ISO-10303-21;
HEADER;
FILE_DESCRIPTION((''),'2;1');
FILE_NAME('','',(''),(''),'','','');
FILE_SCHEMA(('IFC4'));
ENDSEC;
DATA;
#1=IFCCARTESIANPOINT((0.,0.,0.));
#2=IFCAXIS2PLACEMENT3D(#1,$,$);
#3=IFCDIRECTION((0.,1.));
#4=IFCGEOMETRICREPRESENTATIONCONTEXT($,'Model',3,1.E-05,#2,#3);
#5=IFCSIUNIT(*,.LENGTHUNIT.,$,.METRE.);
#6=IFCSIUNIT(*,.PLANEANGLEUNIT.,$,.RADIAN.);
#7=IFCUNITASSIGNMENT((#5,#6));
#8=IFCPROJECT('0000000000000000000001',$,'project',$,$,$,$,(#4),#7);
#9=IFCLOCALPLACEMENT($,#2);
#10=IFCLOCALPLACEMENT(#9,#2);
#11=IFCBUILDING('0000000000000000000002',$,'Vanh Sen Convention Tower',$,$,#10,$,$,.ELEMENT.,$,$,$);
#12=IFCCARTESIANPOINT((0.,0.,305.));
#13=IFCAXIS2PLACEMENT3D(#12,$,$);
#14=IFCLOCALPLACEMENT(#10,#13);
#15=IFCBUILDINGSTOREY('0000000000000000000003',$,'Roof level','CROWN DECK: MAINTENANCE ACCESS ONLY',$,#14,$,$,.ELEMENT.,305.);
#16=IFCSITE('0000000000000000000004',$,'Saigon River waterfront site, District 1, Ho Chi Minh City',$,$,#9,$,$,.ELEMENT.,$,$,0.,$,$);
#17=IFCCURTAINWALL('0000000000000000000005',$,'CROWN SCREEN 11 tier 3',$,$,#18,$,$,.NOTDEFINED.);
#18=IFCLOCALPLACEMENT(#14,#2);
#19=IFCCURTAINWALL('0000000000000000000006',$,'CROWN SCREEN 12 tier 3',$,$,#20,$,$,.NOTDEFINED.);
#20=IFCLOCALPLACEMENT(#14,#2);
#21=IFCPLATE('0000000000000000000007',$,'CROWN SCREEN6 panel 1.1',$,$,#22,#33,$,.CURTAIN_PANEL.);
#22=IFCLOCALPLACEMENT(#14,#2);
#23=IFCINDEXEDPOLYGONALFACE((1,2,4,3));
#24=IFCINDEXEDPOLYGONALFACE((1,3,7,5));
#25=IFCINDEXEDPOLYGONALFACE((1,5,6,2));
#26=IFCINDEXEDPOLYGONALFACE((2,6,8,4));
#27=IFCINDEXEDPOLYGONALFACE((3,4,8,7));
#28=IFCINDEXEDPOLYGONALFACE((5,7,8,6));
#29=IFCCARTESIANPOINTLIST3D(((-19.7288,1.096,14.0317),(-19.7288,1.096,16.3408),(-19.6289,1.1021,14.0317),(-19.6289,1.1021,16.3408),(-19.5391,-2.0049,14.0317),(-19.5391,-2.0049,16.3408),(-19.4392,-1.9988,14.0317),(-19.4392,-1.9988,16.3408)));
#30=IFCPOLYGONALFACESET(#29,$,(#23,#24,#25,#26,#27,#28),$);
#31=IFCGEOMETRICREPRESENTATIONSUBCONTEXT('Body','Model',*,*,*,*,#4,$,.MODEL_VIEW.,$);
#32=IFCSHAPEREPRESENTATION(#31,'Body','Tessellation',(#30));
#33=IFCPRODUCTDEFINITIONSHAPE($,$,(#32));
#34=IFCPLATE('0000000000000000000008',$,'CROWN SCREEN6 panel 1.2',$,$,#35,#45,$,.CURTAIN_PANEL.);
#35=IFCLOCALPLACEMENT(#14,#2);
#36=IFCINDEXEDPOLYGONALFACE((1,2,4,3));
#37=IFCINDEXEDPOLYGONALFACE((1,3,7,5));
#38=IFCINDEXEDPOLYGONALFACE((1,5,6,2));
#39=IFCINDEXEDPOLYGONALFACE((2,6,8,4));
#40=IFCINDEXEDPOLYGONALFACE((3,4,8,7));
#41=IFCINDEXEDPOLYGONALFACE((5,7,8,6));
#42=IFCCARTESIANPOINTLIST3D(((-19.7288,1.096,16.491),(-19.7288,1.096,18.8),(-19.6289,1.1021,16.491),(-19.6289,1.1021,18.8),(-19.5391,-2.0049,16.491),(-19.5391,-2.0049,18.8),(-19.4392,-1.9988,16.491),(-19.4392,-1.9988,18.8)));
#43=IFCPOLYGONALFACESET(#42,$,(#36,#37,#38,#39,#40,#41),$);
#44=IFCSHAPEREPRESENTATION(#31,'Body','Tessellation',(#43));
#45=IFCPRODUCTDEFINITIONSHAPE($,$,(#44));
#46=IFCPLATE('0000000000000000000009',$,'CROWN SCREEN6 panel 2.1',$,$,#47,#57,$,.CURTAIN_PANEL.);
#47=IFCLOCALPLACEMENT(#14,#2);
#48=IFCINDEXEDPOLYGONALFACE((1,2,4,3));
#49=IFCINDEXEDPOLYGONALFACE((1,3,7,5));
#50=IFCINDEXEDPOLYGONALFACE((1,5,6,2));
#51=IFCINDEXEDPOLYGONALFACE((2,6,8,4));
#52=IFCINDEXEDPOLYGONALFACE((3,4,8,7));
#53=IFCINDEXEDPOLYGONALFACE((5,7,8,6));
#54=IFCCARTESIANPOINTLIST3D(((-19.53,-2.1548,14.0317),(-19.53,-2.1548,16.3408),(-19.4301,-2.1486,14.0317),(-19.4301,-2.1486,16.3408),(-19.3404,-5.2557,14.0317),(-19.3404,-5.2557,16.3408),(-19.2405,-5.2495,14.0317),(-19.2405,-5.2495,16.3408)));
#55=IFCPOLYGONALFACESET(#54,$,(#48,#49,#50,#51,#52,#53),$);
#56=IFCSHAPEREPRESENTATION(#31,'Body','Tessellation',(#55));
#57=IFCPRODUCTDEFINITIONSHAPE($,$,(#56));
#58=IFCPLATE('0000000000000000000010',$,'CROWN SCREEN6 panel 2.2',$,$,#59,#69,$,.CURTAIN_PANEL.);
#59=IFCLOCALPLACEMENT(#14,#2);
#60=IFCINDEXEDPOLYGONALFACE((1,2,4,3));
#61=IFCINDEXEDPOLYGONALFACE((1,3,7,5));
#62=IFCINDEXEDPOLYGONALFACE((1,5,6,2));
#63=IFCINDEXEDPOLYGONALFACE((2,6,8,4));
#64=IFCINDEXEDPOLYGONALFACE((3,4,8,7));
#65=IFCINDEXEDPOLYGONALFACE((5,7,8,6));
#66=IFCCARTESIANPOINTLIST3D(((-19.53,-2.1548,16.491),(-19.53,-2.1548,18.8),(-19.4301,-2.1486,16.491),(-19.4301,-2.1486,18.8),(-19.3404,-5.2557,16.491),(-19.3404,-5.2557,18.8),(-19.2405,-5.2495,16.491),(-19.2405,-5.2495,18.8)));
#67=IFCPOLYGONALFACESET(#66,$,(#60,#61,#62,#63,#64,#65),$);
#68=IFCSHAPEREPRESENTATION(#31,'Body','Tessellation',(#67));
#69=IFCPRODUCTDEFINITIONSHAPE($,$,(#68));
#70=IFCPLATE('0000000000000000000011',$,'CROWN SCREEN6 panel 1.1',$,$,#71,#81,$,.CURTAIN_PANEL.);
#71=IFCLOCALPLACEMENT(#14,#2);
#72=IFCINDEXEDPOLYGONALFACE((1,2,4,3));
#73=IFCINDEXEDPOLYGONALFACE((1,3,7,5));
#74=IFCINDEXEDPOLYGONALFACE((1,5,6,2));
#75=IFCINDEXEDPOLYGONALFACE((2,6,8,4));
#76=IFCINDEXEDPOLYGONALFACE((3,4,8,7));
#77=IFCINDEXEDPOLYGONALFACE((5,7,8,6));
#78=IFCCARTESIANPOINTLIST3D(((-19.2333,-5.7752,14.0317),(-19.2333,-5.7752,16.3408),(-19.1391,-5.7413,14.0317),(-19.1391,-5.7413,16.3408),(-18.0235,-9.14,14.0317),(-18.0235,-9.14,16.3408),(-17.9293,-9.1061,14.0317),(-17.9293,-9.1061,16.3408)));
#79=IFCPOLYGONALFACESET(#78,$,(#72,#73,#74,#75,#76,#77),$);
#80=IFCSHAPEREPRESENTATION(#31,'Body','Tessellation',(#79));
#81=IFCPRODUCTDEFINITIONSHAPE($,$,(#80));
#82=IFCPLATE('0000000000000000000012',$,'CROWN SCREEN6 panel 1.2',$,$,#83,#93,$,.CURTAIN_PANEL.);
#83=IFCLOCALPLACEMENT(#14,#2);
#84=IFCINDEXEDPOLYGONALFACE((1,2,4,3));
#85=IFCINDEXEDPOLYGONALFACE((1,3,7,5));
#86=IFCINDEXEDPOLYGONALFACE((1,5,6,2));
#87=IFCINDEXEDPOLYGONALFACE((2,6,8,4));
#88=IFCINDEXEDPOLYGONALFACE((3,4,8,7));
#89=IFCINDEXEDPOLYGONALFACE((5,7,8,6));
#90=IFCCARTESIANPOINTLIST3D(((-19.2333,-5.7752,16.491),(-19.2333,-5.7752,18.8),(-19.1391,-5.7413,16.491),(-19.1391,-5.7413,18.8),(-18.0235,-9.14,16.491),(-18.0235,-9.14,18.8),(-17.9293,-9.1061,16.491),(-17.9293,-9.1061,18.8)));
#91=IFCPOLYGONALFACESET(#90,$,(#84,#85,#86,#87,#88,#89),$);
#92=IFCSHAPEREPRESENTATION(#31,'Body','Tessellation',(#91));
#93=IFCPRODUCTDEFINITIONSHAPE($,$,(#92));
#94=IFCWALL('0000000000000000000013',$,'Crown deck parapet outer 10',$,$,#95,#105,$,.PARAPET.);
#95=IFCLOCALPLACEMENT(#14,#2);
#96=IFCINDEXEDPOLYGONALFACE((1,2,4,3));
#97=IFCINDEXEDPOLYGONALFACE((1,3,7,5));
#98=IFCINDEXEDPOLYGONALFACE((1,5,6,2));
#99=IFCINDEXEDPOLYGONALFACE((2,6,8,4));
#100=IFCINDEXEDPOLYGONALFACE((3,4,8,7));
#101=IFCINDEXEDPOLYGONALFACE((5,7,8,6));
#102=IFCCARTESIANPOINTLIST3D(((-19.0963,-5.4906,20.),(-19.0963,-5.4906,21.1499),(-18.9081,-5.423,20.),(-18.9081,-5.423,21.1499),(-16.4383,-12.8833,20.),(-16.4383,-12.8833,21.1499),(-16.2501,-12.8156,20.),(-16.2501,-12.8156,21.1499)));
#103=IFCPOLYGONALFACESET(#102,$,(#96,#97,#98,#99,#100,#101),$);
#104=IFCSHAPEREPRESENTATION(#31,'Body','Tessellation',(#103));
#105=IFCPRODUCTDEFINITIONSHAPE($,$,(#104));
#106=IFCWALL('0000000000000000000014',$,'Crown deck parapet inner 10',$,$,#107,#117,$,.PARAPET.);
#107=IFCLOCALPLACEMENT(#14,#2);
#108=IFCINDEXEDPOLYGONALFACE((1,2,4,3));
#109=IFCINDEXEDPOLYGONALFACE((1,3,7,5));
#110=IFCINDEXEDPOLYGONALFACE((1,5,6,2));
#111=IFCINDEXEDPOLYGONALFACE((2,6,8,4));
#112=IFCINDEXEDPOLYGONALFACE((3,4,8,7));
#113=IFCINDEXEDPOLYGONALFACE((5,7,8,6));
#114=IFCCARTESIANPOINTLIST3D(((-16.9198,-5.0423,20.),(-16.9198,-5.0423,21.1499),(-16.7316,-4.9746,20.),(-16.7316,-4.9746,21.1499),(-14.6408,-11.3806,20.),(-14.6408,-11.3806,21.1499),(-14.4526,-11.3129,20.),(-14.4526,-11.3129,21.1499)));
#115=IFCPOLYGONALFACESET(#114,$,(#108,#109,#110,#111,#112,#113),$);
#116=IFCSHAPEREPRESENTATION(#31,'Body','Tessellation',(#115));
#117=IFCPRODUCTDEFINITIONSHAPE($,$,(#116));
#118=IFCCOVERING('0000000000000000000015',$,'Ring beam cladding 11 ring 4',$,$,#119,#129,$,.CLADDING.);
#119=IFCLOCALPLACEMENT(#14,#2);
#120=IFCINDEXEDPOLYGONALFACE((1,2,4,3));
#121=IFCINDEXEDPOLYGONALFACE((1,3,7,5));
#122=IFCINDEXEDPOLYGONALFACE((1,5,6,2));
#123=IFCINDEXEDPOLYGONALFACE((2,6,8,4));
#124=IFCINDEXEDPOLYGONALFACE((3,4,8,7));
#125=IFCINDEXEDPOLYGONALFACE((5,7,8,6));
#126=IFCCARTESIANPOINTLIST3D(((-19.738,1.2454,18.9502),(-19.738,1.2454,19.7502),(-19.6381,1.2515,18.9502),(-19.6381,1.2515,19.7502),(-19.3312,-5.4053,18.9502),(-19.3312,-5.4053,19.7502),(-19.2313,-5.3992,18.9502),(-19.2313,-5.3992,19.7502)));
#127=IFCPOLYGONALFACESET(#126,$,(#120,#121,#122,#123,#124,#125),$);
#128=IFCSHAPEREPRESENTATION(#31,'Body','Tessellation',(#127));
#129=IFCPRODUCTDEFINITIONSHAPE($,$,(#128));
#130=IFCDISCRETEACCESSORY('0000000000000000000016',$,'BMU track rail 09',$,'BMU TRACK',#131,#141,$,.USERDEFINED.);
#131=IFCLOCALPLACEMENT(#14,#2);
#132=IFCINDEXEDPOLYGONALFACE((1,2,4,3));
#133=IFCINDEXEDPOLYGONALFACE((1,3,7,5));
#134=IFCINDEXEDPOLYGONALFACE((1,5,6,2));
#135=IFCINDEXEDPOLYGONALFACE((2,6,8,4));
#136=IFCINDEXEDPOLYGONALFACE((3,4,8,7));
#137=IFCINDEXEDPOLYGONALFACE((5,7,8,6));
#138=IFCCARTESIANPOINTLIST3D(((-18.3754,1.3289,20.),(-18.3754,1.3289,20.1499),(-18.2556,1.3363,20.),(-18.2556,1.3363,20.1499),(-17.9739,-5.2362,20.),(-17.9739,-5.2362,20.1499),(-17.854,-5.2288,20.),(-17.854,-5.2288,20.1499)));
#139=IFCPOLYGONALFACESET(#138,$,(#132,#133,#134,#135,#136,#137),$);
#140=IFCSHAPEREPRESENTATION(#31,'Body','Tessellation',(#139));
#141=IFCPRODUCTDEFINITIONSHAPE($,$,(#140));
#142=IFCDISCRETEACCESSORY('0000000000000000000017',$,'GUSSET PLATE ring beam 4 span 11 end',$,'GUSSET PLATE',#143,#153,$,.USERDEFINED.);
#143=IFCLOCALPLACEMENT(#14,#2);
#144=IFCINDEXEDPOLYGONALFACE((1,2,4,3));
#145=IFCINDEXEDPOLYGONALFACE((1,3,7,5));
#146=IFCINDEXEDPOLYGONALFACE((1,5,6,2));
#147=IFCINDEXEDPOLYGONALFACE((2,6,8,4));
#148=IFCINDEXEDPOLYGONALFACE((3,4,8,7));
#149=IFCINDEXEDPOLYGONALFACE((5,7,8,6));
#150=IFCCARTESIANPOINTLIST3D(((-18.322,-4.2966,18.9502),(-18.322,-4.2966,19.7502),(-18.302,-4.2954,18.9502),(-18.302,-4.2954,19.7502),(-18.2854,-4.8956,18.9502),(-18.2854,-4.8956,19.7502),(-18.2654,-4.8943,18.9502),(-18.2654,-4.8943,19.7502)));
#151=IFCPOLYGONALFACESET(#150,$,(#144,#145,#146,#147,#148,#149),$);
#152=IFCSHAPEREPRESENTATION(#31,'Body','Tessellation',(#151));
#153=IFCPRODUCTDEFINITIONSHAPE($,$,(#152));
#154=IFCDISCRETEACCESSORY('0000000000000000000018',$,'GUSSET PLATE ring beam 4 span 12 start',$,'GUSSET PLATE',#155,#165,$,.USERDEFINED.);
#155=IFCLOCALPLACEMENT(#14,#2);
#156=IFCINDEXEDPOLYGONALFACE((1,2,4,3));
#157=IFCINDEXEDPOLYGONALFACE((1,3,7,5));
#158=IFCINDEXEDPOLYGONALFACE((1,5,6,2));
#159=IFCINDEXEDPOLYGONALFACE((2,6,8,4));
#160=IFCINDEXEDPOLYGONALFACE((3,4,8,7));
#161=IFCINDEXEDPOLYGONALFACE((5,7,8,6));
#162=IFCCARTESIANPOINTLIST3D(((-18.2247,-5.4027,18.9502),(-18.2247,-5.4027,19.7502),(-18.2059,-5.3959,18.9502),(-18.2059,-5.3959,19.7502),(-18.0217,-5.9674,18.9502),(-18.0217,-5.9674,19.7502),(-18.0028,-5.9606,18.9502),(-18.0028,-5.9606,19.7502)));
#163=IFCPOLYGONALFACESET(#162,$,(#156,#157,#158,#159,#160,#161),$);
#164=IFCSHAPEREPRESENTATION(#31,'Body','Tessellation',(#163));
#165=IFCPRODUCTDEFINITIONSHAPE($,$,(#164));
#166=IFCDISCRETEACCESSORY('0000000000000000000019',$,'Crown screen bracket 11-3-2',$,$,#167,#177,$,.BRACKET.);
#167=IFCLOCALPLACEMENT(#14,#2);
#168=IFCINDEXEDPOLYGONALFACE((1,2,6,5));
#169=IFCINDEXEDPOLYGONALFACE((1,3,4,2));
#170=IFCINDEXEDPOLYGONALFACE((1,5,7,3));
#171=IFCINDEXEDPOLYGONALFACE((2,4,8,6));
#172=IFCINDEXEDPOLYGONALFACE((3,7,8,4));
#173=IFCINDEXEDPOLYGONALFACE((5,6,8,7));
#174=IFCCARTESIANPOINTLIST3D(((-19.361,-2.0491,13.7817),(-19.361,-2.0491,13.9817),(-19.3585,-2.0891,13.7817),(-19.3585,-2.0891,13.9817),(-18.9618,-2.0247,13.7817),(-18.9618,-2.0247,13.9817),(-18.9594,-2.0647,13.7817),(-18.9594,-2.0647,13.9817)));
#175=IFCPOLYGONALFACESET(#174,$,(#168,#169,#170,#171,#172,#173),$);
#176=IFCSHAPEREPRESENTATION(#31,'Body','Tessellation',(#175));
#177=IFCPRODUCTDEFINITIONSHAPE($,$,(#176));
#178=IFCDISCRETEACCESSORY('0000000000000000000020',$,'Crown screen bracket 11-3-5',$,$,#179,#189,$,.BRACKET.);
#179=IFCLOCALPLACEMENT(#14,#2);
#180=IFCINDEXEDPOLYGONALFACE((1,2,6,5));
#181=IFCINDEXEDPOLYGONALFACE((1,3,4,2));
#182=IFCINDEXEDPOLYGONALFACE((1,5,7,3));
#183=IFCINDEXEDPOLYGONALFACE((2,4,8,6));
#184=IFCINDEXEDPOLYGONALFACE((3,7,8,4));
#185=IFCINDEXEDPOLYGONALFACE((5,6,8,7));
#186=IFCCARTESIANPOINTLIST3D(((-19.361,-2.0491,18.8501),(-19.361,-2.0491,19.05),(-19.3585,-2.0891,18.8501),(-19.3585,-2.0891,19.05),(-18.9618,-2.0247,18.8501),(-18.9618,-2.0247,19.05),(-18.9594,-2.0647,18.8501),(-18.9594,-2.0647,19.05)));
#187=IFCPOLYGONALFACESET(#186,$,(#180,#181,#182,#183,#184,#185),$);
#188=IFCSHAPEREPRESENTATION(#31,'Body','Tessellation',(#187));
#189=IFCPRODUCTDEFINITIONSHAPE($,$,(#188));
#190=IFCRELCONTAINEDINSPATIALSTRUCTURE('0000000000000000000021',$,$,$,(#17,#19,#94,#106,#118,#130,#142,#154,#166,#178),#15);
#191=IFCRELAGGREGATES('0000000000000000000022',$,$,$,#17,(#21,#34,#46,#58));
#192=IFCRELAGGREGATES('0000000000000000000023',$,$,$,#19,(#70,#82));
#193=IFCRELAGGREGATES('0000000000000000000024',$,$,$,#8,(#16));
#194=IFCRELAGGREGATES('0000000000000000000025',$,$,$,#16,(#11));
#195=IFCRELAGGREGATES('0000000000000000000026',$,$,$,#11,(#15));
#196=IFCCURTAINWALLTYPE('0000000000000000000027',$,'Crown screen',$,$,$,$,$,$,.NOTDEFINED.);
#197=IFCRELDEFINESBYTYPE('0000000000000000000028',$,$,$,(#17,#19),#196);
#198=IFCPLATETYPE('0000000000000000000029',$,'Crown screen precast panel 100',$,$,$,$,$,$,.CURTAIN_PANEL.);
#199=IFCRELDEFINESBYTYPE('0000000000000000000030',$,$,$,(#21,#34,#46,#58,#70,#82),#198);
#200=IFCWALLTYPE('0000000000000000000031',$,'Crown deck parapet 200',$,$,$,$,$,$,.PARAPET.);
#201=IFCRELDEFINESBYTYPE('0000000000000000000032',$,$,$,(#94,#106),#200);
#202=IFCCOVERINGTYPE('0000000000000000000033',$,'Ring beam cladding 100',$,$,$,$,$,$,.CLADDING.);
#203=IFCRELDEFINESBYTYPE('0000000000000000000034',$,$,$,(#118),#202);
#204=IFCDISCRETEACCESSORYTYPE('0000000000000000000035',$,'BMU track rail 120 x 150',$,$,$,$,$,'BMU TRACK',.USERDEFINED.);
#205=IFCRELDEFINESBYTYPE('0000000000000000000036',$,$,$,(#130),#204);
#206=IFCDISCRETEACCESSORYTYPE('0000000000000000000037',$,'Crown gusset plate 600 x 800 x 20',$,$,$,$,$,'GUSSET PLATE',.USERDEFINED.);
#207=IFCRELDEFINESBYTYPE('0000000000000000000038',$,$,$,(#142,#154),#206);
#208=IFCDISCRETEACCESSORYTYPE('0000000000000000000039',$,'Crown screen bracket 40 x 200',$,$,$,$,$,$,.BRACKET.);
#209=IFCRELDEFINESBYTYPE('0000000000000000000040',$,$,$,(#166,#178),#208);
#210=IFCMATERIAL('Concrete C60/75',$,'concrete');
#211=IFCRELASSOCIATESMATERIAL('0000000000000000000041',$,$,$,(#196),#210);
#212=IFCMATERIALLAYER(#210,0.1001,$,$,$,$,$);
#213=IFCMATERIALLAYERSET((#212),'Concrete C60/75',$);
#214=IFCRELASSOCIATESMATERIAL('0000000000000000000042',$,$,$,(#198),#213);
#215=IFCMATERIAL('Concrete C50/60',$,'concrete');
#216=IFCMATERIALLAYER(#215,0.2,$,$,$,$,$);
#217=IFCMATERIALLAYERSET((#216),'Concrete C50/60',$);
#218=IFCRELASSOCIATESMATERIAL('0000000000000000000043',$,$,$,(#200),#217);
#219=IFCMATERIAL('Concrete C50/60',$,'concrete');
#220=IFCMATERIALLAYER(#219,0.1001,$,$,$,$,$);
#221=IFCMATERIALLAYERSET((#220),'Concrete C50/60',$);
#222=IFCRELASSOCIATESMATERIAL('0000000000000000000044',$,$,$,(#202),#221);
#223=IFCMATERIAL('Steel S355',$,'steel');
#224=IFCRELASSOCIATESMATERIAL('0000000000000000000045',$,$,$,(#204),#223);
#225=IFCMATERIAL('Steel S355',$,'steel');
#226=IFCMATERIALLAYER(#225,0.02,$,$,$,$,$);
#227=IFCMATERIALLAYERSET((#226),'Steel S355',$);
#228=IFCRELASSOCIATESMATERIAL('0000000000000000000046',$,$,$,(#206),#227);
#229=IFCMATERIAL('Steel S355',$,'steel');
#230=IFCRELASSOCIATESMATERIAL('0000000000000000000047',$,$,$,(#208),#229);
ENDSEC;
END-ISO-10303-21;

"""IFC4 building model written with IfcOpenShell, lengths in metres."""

from ifc_helpers import new_model, si_unit, direction, frame, frame_2d, origin, origin_2d, place, context, subcontext, project, spatial, rectangle, extrude, material, layer, layer_set, type_object, element, aggregate, save


model = new_model("IFC4")

# Units and contexts
model_context = context("Model", 3, precision=1e-05, world=origin(), true_north=direction((0.0, 1.0)))
body_context = subcontext(model_context, "Body", "Model", "MODEL_VIEW")
ifc_project = project(units=[si_unit("LENGTHUNIT", "METRE"), si_unit("PLANEANGLEUNIT", "RADIAN")], contexts=[model_context])

# Site, building, storey
site_placement = place(None, origin())
site = spatial("IfcSite", under=ifc_project, at=site_placement, Name="Saigon River waterfront site, District 1, Ho Chi Minh City", CompositionType="ELEMENT", RefElevation=0.0)
building_placement = place(site_placement, origin())
building = spatial("IfcBuilding", under=site, at=building_placement, Name="Vanh Sen Convention Tower", CompositionType="ELEMENT")
storey_placement = place(building_placement, frame((0.0, 0.0, 305.0)))
storey = spatial("IfcBuildingStorey", under=building, at=storey_placement, Name="Roof level", Description="CROWN DECK: MAINTENANCE ACCESS ONLY", CompositionType="ELEMENT", Elevation=305.0)

# Curtain wall
ifc_material_1 = material(Name="Concrete C60/75", Category="concrete")
curtain_wall_type = type_object("IfcCurtainWallType", Name="Crown screen", PredefinedType="NOTDEFINED", material=ifc_material_1)
curtain_wall_1_placement = place(storey_placement, origin())
curtain_wall_1 = element("IfcCurtainWall", 1, at=curtain_wall_1_placement, inside=storey, type_object=curtain_wall_type, Name="CROWN SCREEN 11 tier 3", PredefinedType="NOTDEFINED")

# Curtain wall
curtain_wall_2_placement = place(storey_placement, origin())
curtain_wall_2 = element("IfcCurtainWall", 2, at=curtain_wall_2_placement, inside=storey, type_object=curtain_wall_type, Name="CROWN SCREEN 12 tier 3", PredefinedType="NOTDEFINED")

# Plates
ifc_layer_1 = layer(ifc_material_1, 0.1001)
ifc_layer_set_1 = layer_set([ifc_layer_1], Name="Concrete C60/75")
plate_type = type_object("IfcPlateType", Name="Crown screen precast panel 100", PredefinedType="CURTAIN_PANEL", material=ifc_layer_set_1)
plate_1_placement = place(storey_placement, frame((-19.584, -0.4514, 14.0317), z_axis=(0.0, 0.0, 1.0), x_axis=(0.061051, -0.998135, 0.0)))
plate_1 = element("IfcPlate", 3, at=plate_1_placement, type_object=plate_type, Name="CROWN SCREEN6 panel 1.1", PredefinedType="CURTAIN_PANEL", context=body_context, shape_type="SweptSolid", body=[
    extrude(rectangle(XDim=3.1067, YDim=0.1001, at=origin_2d()), origin(), (0.0, 0.0, 1.0), 2.3091),
])
plate_2_placement = place(storey_placement, frame((-19.584, -0.4514, 16.491), z_axis=(0.0, 0.0, 1.0), x_axis=(0.061051, -0.998135, 0.0)))
plate_2 = element("IfcPlate", 4, at=plate_2_placement, type_object=plate_type, Name="CROWN SCREEN6 panel 1.2", PredefinedType="CURTAIN_PANEL", context=body_context, shape_type="SweptSolid", body=[
    extrude(rectangle(XDim=3.1067, YDim=0.1001, at=origin_2d()), origin(), (0.0, 0.0, 1.0), 2.3091),
])
plate_3_placement = place(storey_placement, frame((-19.3853, -3.7021, 14.0317), z_axis=(0.0, 0.0, 1.0), x_axis=(0.061051, -0.998135, 0.0)))
plate_3 = element("IfcPlate", 5, at=plate_3_placement, type_object=plate_type, Name="CROWN SCREEN6 panel 2.1", PredefinedType="CURTAIN_PANEL", context=body_context, shape_type="SweptSolid", body=[
    extrude(rectangle(XDim=3.1067, YDim=0.1001, at=origin_2d()), origin(), (0.0, 0.0, 1.0), 2.3091),
])
plate_4_placement = place(storey_placement, frame((-19.3853, -3.7021, 16.491), z_axis=(0.0, 0.0, 1.0), x_axis=(0.061051, -0.998135, 0.0)))
plate_4 = element("IfcPlate", 6, at=plate_4_placement, type_object=plate_type, Name="CROWN SCREEN6 panel 2.2", PredefinedType="CURTAIN_PANEL", context=body_context, shape_type="SweptSolid", body=[
    extrude(rectangle(XDim=3.1067, YDim=0.1001, at=origin_2d()), origin(), (0.0, 0.0, 1.0), 2.3091),
])
aggregate(curtain_wall_1, [plate_1, plate_2, plate_3, plate_4])
plate_5_placement = place(storey_placement, frame((-18.5813, -7.4407, 14.0317), z_axis=(0.0, 0.0, 1.0), x_axis=(0.338349, -0.941021, 0.0)))
plate_5 = element("IfcPlate", 7, at=plate_5_placement, type_object=plate_type, Name="CROWN SCREEN6 panel 1.1", PredefinedType="CURTAIN_PANEL", context=body_context, shape_type="SweptSolid", body=[
    extrude(rectangle(XDim=3.5757, YDim=0.1001, at=origin_2d()), origin(), (0.0, 0.0, 1.0), 2.3091),
])
plate_6_placement = place(storey_placement, frame((-18.5813, -7.4407, 16.491), z_axis=(0.0, 0.0, 1.0), x_axis=(0.338349, -0.941021, 0.0)))
plate_6 = element("IfcPlate", 8, at=plate_6_placement, type_object=plate_type, Name="CROWN SCREEN6 panel 1.2", PredefinedType="CURTAIN_PANEL", context=body_context, shape_type="SweptSolid", body=[
    extrude(rectangle(XDim=3.5757, YDim=0.1001, at=origin_2d()), origin(), (0.0, 0.0, 1.0), 2.3091),
])
aggregate(curtain_wall_2, [plate_5, plate_6])

# Walls
ifc_material_2 = material(Name="Concrete C50/60", Category="concrete")
ifc_layer_2 = layer(ifc_material_2, 0.2)
ifc_layer_set_2 = layer_set([ifc_layer_2], Name="Concrete C50/60")
wall_type = type_object("IfcWallType", Name="Crown deck parapet 200", PredefinedType="PARAPET", material=ifc_layer_set_2)
wall_1_placement = place(storey_placement, frame((-19.0022, -5.4568, 20.0), z_axis=(0.0, 0.0, 1.0), x_axis=(0.33834, -0.941024, 0.0)))
element("IfcWall", 9, at=wall_1_placement, inside=storey, type_object=wall_type, Name="Crown deck parapet outer 10", PredefinedType="PARAPET", context=body_context, shape_type="SweptSolid", body=[
    extrude(rectangle(XDim=7.856, YDim=0.2, at=frame_2d((3.928, 0.0))), origin(), (0.0, 0.0, 1.0), 1.1499),
])
wall_2_placement = place(storey_placement, frame((-16.8257, -5.0085, 20.0), z_axis=(0.0, 0.0, 1.0), x_axis=(0.338356, -0.941018, 0.0)))
element("IfcWall", 10, at=wall_2_placement, inside=storey, type_object=wall_type, Name="Crown deck parapet inner 10", PredefinedType="PARAPET", context=body_context, shape_type="SweptSolid", body=[
    extrude(rectangle(XDim=6.7356, YDim=0.2, at=frame_2d((3.3677, 0.0))), origin(), (0.0, 0.0, 1.0), 1.1499),
])

# Covering
ifc_material_3 = material(Name="Concrete C50/60", Category="concrete")
ifc_layer_3 = layer(ifc_material_3, 0.1001)
ifc_layer_set_3 = layer_set([ifc_layer_3], Name="Concrete C50/60")
covering_type = type_object("IfcCoveringType", Name="Ring beam cladding 100", PredefinedType="CLADDING", material=ifc_layer_set_3)
covering_placement = place(storey_placement, frame((-19.4846, -2.0769, 18.9502), z_axis=(0.0, 0.0, 1.0), x_axis=(0.061052, -0.998135, 0.0)))
element("IfcCovering", 11, at=covering_placement, inside=storey, type_object=covering_type, Name="Ring beam cladding 11 ring 4", PredefinedType="CLADDING", context=body_context, shape_type="SweptSolid", body=[
    extrude(rectangle(XDim=6.6631, YDim=0.1001, at=origin_2d()), origin(), (0.0, 0.0, 1.0), 0.8),
])

# Discrete accessories
ifc_material_4 = material(Name="Steel S355", Category="steel")
discrete_accessory_type_1 = type_object("IfcDiscreteAccessoryType", Name="BMU track rail 120 x 150", ElementType="BMU TRACK", PredefinedType="USERDEFINED", material=ifc_material_4)
discrete_accessory_placement = place(storey_placement, frame((-18.1147, -1.95, 20.0), z_axis=(0.0, 0.0, 1.0), x_axis=(0.061043, -0.998135, 0.0)))
element("IfcDiscreteAccessory", 12, at=discrete_accessory_placement, inside=storey, type_object=discrete_accessory_type_1, Name="BMU track rail 09", ObjectType="BMU TRACK", PredefinedType="USERDEFINED", context=body_context, shape_type="SweptSolid", body=[
    extrude(rectangle(XDim=6.5774, YDim=0.1201, at=origin_2d()), origin(), (0.0, 0.0, 1.0), 0.1499),
])
ifc_material_5 = material(Name="Steel S355", Category="steel")
ifc_layer_4 = layer(ifc_material_5, 0.02)
ifc_layer_set_4 = layer_set([ifc_layer_4], Name="Steel S355")
discrete_accessory_type_2 = type_object("IfcDiscreteAccessoryType", Name="Crown gusset plate 600 x 800 x 20", ElementType="GUSSET PLATE", PredefinedType="USERDEFINED", material=ifc_layer_set_4)
for number, where, z_axis, x_axis, name in (
    (13, (-18.2937, -4.5955, 18.9502), (0.0, 0.0, 1.0), (-0.061052, 0.998135, 0.0), "GUSSET PLATE ring beam 4 span 11 end"),
    (14, (-18.1138, -5.6816, 18.9502), (0.0, 0.0, 1.0), (0.338349, -0.941021, 0.0), "GUSSET PLATE ring beam 4 span 12 start"),
):
    element("IfcDiscreteAccessory", number, at=place(storey_placement, frame(where, z_axis=z_axis, x_axis=x_axis)), inside=storey, type_object=discrete_accessory_type_2, Name=name, ObjectType="GUSSET PLATE", PredefinedType="USERDEFINED", context=body_context, shape_type="SweptSolid", body=[
        extrude(rectangle(XDim=0.6001, YDim=0.02, at=origin_2d()), origin(), (0.0, 0.0, 1.0), 0.8),
    ])
ifc_material_6 = material(Name="Steel S355", Category="steel")
discrete_accessory_type_3 = type_object("IfcDiscreteAccessoryType", Name="Crown screen bracket 40 x 200", PredefinedType="BRACKET", material=ifc_material_6)
for number, where, z_axis, x_axis, name in (
    (15, (-19.1602, -2.0569, 13.7817), (0.0, 0.0, 1.0), (-0.998135, -0.061052, 0.0), "Crown screen bracket 11-3-2"),
    (16, (-19.1602, -2.0569, 18.8501), (0.0, 0.0, 1.0), (-0.998135, -0.061052, 0.0), "Crown screen bracket 11-3-5"),
):
    element("IfcDiscreteAccessory", number, at=place(storey_placement, frame(where, z_axis=z_axis, x_axis=x_axis)), inside=storey, type_object=discrete_accessory_type_3, Name=name, PredefinedType="BRACKET", context=body_context, shape_type="SweptSolid", body=[
        extrude(rectangle(XDim=0.3999, YDim=0.04, at=origin_2d()), origin(), (0.0, 0.0, 1.0), 0.2),
    ])

save(model, "model.ifc")
